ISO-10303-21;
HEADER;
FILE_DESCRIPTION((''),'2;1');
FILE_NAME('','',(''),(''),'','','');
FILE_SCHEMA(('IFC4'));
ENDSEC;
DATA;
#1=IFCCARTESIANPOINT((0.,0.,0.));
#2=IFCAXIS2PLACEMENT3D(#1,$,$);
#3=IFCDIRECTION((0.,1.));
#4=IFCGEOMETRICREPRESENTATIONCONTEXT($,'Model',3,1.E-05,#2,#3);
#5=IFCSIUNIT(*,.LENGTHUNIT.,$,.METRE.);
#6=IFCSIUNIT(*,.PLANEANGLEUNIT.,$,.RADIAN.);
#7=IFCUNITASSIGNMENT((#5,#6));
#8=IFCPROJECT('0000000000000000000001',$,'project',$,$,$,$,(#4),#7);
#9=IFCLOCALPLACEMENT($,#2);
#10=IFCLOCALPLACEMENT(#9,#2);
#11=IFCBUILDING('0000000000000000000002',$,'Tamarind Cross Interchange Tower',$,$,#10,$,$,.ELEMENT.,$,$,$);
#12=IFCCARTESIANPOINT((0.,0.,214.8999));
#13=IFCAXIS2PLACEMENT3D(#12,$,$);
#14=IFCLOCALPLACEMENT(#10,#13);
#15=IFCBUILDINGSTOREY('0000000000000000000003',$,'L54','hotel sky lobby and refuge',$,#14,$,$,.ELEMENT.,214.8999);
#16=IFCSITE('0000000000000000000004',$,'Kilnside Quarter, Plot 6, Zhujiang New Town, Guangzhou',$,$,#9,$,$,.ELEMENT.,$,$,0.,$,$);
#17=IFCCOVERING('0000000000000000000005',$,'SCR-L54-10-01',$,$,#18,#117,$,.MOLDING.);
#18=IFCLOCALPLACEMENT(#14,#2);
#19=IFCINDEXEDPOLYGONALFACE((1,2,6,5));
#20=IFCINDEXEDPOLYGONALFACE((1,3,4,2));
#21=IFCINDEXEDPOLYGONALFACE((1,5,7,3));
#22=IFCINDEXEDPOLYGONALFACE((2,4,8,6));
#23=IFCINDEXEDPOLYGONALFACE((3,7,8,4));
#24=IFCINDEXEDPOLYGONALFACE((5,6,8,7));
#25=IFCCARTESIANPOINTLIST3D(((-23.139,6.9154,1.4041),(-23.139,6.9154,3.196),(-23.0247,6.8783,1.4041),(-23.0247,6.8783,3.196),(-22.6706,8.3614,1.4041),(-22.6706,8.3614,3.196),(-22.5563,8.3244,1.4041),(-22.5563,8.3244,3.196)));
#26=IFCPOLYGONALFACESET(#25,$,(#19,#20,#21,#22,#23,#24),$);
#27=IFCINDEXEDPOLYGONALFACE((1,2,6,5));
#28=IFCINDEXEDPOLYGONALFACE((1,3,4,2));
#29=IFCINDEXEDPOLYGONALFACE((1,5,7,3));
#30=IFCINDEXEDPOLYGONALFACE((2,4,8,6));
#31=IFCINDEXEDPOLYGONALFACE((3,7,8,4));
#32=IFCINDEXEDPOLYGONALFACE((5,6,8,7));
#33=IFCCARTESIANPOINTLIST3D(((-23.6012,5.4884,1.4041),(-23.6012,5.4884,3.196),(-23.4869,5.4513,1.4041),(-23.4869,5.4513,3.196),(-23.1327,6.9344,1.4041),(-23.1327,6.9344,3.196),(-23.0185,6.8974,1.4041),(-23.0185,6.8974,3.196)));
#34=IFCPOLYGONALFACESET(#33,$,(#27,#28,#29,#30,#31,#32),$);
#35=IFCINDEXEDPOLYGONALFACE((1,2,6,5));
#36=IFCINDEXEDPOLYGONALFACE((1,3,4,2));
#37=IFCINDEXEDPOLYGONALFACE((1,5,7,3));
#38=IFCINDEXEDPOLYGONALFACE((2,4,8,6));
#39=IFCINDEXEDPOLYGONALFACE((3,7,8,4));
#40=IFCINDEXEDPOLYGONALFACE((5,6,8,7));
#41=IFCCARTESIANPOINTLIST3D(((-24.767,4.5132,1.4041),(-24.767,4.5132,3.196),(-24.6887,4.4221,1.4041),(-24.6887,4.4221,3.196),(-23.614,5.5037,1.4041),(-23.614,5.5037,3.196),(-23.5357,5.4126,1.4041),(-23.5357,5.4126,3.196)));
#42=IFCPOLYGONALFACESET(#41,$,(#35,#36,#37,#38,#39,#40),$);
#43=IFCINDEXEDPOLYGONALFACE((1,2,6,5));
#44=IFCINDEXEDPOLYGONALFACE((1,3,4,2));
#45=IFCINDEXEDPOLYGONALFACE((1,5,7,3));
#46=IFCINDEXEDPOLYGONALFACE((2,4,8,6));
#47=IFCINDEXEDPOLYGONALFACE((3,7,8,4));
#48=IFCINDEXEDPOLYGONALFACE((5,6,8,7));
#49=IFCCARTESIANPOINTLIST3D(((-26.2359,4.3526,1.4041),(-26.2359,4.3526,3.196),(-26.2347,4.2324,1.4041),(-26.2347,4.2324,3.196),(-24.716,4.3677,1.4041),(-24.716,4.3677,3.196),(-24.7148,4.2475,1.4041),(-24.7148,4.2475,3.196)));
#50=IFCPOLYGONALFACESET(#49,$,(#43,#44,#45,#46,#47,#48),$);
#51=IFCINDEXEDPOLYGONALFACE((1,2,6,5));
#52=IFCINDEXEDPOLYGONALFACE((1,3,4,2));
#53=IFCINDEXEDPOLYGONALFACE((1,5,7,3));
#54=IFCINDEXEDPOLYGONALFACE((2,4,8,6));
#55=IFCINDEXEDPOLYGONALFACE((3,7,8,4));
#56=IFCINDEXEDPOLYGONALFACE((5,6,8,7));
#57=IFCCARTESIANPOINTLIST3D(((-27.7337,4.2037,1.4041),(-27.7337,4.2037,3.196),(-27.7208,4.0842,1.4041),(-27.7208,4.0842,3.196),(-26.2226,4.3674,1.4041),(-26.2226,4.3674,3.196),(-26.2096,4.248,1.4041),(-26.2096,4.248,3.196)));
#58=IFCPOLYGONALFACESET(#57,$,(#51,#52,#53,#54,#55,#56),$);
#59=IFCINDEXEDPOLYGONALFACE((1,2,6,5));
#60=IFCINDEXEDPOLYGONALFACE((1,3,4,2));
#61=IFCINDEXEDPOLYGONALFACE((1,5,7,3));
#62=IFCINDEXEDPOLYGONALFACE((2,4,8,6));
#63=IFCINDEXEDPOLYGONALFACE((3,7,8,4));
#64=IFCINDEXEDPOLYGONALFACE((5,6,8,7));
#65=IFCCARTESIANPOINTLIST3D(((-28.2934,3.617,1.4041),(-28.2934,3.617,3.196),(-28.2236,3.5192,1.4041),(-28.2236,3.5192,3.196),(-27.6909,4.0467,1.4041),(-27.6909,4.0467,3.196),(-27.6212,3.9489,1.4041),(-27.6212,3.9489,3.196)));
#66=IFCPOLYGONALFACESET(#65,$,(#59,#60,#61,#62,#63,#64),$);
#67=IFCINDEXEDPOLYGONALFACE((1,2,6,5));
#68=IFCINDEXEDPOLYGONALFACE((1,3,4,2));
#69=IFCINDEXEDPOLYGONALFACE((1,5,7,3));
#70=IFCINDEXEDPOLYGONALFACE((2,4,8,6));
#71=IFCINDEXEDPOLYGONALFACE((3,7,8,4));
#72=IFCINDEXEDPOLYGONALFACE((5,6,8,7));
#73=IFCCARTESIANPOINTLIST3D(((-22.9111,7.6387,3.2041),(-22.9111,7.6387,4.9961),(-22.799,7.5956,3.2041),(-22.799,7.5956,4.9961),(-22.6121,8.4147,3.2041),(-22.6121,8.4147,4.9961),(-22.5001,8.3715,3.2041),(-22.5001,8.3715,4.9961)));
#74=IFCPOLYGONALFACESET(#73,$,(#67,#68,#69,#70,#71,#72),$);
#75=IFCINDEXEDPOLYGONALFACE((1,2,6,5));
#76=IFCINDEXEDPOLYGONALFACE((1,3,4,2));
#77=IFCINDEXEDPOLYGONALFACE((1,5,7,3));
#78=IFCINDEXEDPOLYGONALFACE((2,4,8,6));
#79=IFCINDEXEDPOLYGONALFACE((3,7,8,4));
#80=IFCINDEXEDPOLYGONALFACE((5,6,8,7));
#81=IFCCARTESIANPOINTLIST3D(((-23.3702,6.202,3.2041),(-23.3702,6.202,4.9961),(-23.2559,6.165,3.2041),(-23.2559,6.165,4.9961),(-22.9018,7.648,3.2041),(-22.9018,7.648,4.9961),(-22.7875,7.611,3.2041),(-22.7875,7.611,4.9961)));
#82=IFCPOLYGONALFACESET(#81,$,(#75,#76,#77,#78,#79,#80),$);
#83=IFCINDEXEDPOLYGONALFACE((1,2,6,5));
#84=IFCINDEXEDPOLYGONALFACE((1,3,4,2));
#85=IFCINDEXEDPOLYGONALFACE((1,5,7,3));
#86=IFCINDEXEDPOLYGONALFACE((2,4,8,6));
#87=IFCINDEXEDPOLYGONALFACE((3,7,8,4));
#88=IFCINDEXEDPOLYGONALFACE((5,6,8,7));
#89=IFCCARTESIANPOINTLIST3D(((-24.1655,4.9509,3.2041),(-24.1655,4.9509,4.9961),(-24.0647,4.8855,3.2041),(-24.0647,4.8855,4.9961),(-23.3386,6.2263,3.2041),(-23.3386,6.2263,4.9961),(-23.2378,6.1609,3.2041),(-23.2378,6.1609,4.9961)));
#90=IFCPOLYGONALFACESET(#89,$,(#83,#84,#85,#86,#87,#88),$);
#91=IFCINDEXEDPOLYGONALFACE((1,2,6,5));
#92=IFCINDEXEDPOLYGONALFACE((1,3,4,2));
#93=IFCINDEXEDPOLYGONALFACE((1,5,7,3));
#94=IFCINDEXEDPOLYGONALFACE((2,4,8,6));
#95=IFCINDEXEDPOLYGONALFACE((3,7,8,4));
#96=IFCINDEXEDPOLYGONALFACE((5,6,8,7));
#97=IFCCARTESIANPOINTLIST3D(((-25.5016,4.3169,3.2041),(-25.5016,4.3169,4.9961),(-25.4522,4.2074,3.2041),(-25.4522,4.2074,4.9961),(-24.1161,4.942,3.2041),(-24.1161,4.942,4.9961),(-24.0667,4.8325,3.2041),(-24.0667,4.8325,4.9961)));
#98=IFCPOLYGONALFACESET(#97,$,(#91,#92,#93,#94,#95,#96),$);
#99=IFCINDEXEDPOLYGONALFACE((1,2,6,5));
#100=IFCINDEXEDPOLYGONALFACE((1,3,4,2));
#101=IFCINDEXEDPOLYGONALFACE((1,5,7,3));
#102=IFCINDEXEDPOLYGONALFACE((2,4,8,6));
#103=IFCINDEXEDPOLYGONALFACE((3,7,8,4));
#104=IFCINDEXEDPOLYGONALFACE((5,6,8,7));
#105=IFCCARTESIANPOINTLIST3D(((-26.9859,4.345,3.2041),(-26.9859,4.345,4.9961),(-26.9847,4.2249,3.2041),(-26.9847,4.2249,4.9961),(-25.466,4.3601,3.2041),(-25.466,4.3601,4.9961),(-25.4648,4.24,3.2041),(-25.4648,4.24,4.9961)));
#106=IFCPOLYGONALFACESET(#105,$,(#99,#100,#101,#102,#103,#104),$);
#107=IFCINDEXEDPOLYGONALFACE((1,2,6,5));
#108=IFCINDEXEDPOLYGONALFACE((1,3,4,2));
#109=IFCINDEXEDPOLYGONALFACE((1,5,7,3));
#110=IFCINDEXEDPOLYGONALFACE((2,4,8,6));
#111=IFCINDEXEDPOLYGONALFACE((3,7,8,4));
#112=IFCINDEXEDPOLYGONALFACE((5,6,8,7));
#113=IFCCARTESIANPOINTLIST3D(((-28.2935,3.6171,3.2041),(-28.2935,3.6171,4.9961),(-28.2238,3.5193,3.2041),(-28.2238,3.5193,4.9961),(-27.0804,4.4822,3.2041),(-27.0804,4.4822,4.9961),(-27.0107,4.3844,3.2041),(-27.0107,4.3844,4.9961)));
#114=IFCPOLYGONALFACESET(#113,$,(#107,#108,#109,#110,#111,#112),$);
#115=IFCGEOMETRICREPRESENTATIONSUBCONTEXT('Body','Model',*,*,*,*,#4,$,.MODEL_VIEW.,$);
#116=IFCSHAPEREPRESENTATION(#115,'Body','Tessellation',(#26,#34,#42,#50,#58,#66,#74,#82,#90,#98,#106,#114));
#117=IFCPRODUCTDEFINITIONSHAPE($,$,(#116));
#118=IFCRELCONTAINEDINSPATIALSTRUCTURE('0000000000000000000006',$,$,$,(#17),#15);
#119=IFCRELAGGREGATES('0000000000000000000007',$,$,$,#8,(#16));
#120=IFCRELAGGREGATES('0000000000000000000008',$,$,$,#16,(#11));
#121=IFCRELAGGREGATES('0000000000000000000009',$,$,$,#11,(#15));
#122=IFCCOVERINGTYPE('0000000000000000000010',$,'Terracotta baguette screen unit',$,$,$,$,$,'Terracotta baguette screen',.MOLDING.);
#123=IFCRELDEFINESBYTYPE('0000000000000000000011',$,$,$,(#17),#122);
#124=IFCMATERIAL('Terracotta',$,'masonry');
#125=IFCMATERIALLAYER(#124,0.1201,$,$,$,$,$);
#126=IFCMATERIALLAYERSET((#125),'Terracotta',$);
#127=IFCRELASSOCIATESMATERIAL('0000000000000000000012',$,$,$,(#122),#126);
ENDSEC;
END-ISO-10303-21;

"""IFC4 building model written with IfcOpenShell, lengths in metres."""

from ifc_helpers import new_model, si_unit, direction, frame, origin, origin_2d, place, context, subcontext, project, spatial, rectangle, extrude, material, layer, layer_set, type_object, element, save


model = new_model("IFC4")

# Units and contexts
model_context = context("Model", 3, precision=1e-05, world=origin(), true_north=direction((0.0, 1.0)))
body_context = subcontext(model_context, "Body", "Model", "MODEL_VIEW")
ifc_project = project(units=[si_unit("LENGTHUNIT", "METRE"), si_unit("PLANEANGLEUNIT", "RADIAN")], contexts=[model_context])

# Site, building, storey
site_placement = place(None, origin())
site = spatial("IfcSite", under=ifc_project, at=site_placement, Name="Kilnside Quarter, Plot 6, Zhujiang New Town, Guangzhou", CompositionType="ELEMENT", RefElevation=0.0)
building_placement = place(site_placement, origin())
building = spatial("IfcBuilding", under=site, at=building_placement, Name="Tamarind Cross Interchange Tower", CompositionType="ELEMENT")
storey_placement = place(building_placement, frame((0.0, 0.0, 214.8999)))
storey = spatial("IfcBuildingStorey", under=building, at=storey_placement, Name="L54", Description="hotel sky lobby and refuge", CompositionType="ELEMENT", Elevation=214.8999)

# Covering
ifc_material_1 = material(Name="Terracotta", Category="masonry")
ifc_layer_1 = layer(ifc_material_1, 0.1201)
ifc_layer_set_1 = layer_set([ifc_layer_1], Name="Terracotta")
covering_type = type_object("IfcCoveringType", Name="Terracotta baguette screen unit", ElementType="Terracotta baguette screen", PredefinedType="MOLDING", material=ifc_layer_set_1)
covering_1_placement = place(storey_placement, origin())
element("IfcCovering", 1, at=covering_1_placement, inside=storey, type_object=covering_type, Name="SCR-L54-10-01", PredefinedType="MOLDING", context=body_context, shape_type="SweptSolid", body=[
    extrude(rectangle(XDim=1.52, YDim=0.1201, at=origin_2d()), frame((-22.8477, 7.6199, 1.4041), z_axis=(0.0, 0.0, 1.0), x_axis=(-0.308179, -0.951329, 0.0)), (0.0, 0.0, 1.0), 1.792),
    extrude(rectangle(XDim=1.52, YDim=0.1201, at=origin_2d()), frame((-23.3098, 6.1929, 1.4041), z_axis=(0.0, 0.0, 1.0), x_axis=(-0.308179, -0.951329, 0.0)), (0.0, 0.0, 1.0), 1.792),
    extrude(rectangle(XDim=1.52, YDim=0.1201, at=origin_2d()), frame((-24.1514, 4.9629, 1.4041), z_axis=(0.0, 0.0, 1.0), x_axis=(-0.758542, -0.651624, 0.0)), (0.0, 0.0, 1.0), 1.792),
    extrude(rectangle(XDim=1.52, YDim=0.1201, at=origin_2d()), frame((-25.4753, 4.3, 1.4041), z_axis=(0.0, 0.0, 1.0), x_axis=(-0.999951, -0.00993, 0.0)), (0.0, 0.0, 1.0), 1.792),
    extrude(rectangle(XDim=1.52, YDim=0.1201, at=origin_2d()), frame((-26.9717, 4.2258, 1.4041), z_axis=(0.0, 0.0, 1.0), x_axis=(-0.994181, -0.107726, 0.0)), (0.0, 0.0, 1.0), 1.792),
    extrude(rectangle(XDim=0.74, YDim=0.1201, at=origin_2d()), frame((-27.9573, 3.783, 1.4041), z_axis=(0.0, 0.0, 1.0), x_axis=(-0.814166, -0.580632, 0.0)), (0.0, 0.0, 1.0), 1.792),
    extrude(rectangle(XDim=0.8315, YDim=0.1201, at=origin_2d()), frame((-22.7056, 8.0051, 3.2041), z_axis=(0.0, 0.0, 1.0), x_axis=(-0.359495, -0.933147, 0.0)), (0.0, 0.0, 1.0), 1.792),
    extrude(rectangle(XDim=1.52, YDim=0.1201, at=origin_2d()), frame((-23.0789, 6.9065, 3.2041), z_axis=(0.0, 0.0, 1.0), x_axis=(-0.308179, -0.951329, 0.0)), (0.0, 0.0, 1.0), 1.792),
    extrude(rectangle(XDim=1.52, YDim=0.1201, at=origin_2d()), frame((-23.7017, 5.5559, 3.2041), z_axis=(0.0, 0.0, 1.0), x_axis=(-0.544015, -0.839075, 0.0)), (0.0, 0.0, 1.0), 1.792),
    extrude(rectangle(XDim=1.52, YDim=0.1201, at=origin_2d()), frame((-24.7842, 4.5747, 3.2041), z_axis=(0.0, 0.0, 1.0), x_axis=(-0.911506, -0.411287, 0.0)), (0.0, 0.0, 1.0), 1.792),
    extrude(rectangle(XDim=1.52, YDim=0.1201, at=origin_2d()), frame((-26.2253, 4.2925, 3.2041), z_axis=(0.0, 0.0, 1.0), x_axis=(-0.999951, -0.00993, 0.0)), (0.0, 0.0, 1.0), 1.792),
    extrude(rectangle(XDim=1.49, YDim=0.1201, at=origin_2d()), frame((-27.6521, 4.0007, 3.2041), z_axis=(0.0, 0.0, 1.0), x_axis=(-0.814166, -0.580632, 0.0)), (0.0, 0.0, 1.0), 1.792),
])

save(model, "model.ifc")
